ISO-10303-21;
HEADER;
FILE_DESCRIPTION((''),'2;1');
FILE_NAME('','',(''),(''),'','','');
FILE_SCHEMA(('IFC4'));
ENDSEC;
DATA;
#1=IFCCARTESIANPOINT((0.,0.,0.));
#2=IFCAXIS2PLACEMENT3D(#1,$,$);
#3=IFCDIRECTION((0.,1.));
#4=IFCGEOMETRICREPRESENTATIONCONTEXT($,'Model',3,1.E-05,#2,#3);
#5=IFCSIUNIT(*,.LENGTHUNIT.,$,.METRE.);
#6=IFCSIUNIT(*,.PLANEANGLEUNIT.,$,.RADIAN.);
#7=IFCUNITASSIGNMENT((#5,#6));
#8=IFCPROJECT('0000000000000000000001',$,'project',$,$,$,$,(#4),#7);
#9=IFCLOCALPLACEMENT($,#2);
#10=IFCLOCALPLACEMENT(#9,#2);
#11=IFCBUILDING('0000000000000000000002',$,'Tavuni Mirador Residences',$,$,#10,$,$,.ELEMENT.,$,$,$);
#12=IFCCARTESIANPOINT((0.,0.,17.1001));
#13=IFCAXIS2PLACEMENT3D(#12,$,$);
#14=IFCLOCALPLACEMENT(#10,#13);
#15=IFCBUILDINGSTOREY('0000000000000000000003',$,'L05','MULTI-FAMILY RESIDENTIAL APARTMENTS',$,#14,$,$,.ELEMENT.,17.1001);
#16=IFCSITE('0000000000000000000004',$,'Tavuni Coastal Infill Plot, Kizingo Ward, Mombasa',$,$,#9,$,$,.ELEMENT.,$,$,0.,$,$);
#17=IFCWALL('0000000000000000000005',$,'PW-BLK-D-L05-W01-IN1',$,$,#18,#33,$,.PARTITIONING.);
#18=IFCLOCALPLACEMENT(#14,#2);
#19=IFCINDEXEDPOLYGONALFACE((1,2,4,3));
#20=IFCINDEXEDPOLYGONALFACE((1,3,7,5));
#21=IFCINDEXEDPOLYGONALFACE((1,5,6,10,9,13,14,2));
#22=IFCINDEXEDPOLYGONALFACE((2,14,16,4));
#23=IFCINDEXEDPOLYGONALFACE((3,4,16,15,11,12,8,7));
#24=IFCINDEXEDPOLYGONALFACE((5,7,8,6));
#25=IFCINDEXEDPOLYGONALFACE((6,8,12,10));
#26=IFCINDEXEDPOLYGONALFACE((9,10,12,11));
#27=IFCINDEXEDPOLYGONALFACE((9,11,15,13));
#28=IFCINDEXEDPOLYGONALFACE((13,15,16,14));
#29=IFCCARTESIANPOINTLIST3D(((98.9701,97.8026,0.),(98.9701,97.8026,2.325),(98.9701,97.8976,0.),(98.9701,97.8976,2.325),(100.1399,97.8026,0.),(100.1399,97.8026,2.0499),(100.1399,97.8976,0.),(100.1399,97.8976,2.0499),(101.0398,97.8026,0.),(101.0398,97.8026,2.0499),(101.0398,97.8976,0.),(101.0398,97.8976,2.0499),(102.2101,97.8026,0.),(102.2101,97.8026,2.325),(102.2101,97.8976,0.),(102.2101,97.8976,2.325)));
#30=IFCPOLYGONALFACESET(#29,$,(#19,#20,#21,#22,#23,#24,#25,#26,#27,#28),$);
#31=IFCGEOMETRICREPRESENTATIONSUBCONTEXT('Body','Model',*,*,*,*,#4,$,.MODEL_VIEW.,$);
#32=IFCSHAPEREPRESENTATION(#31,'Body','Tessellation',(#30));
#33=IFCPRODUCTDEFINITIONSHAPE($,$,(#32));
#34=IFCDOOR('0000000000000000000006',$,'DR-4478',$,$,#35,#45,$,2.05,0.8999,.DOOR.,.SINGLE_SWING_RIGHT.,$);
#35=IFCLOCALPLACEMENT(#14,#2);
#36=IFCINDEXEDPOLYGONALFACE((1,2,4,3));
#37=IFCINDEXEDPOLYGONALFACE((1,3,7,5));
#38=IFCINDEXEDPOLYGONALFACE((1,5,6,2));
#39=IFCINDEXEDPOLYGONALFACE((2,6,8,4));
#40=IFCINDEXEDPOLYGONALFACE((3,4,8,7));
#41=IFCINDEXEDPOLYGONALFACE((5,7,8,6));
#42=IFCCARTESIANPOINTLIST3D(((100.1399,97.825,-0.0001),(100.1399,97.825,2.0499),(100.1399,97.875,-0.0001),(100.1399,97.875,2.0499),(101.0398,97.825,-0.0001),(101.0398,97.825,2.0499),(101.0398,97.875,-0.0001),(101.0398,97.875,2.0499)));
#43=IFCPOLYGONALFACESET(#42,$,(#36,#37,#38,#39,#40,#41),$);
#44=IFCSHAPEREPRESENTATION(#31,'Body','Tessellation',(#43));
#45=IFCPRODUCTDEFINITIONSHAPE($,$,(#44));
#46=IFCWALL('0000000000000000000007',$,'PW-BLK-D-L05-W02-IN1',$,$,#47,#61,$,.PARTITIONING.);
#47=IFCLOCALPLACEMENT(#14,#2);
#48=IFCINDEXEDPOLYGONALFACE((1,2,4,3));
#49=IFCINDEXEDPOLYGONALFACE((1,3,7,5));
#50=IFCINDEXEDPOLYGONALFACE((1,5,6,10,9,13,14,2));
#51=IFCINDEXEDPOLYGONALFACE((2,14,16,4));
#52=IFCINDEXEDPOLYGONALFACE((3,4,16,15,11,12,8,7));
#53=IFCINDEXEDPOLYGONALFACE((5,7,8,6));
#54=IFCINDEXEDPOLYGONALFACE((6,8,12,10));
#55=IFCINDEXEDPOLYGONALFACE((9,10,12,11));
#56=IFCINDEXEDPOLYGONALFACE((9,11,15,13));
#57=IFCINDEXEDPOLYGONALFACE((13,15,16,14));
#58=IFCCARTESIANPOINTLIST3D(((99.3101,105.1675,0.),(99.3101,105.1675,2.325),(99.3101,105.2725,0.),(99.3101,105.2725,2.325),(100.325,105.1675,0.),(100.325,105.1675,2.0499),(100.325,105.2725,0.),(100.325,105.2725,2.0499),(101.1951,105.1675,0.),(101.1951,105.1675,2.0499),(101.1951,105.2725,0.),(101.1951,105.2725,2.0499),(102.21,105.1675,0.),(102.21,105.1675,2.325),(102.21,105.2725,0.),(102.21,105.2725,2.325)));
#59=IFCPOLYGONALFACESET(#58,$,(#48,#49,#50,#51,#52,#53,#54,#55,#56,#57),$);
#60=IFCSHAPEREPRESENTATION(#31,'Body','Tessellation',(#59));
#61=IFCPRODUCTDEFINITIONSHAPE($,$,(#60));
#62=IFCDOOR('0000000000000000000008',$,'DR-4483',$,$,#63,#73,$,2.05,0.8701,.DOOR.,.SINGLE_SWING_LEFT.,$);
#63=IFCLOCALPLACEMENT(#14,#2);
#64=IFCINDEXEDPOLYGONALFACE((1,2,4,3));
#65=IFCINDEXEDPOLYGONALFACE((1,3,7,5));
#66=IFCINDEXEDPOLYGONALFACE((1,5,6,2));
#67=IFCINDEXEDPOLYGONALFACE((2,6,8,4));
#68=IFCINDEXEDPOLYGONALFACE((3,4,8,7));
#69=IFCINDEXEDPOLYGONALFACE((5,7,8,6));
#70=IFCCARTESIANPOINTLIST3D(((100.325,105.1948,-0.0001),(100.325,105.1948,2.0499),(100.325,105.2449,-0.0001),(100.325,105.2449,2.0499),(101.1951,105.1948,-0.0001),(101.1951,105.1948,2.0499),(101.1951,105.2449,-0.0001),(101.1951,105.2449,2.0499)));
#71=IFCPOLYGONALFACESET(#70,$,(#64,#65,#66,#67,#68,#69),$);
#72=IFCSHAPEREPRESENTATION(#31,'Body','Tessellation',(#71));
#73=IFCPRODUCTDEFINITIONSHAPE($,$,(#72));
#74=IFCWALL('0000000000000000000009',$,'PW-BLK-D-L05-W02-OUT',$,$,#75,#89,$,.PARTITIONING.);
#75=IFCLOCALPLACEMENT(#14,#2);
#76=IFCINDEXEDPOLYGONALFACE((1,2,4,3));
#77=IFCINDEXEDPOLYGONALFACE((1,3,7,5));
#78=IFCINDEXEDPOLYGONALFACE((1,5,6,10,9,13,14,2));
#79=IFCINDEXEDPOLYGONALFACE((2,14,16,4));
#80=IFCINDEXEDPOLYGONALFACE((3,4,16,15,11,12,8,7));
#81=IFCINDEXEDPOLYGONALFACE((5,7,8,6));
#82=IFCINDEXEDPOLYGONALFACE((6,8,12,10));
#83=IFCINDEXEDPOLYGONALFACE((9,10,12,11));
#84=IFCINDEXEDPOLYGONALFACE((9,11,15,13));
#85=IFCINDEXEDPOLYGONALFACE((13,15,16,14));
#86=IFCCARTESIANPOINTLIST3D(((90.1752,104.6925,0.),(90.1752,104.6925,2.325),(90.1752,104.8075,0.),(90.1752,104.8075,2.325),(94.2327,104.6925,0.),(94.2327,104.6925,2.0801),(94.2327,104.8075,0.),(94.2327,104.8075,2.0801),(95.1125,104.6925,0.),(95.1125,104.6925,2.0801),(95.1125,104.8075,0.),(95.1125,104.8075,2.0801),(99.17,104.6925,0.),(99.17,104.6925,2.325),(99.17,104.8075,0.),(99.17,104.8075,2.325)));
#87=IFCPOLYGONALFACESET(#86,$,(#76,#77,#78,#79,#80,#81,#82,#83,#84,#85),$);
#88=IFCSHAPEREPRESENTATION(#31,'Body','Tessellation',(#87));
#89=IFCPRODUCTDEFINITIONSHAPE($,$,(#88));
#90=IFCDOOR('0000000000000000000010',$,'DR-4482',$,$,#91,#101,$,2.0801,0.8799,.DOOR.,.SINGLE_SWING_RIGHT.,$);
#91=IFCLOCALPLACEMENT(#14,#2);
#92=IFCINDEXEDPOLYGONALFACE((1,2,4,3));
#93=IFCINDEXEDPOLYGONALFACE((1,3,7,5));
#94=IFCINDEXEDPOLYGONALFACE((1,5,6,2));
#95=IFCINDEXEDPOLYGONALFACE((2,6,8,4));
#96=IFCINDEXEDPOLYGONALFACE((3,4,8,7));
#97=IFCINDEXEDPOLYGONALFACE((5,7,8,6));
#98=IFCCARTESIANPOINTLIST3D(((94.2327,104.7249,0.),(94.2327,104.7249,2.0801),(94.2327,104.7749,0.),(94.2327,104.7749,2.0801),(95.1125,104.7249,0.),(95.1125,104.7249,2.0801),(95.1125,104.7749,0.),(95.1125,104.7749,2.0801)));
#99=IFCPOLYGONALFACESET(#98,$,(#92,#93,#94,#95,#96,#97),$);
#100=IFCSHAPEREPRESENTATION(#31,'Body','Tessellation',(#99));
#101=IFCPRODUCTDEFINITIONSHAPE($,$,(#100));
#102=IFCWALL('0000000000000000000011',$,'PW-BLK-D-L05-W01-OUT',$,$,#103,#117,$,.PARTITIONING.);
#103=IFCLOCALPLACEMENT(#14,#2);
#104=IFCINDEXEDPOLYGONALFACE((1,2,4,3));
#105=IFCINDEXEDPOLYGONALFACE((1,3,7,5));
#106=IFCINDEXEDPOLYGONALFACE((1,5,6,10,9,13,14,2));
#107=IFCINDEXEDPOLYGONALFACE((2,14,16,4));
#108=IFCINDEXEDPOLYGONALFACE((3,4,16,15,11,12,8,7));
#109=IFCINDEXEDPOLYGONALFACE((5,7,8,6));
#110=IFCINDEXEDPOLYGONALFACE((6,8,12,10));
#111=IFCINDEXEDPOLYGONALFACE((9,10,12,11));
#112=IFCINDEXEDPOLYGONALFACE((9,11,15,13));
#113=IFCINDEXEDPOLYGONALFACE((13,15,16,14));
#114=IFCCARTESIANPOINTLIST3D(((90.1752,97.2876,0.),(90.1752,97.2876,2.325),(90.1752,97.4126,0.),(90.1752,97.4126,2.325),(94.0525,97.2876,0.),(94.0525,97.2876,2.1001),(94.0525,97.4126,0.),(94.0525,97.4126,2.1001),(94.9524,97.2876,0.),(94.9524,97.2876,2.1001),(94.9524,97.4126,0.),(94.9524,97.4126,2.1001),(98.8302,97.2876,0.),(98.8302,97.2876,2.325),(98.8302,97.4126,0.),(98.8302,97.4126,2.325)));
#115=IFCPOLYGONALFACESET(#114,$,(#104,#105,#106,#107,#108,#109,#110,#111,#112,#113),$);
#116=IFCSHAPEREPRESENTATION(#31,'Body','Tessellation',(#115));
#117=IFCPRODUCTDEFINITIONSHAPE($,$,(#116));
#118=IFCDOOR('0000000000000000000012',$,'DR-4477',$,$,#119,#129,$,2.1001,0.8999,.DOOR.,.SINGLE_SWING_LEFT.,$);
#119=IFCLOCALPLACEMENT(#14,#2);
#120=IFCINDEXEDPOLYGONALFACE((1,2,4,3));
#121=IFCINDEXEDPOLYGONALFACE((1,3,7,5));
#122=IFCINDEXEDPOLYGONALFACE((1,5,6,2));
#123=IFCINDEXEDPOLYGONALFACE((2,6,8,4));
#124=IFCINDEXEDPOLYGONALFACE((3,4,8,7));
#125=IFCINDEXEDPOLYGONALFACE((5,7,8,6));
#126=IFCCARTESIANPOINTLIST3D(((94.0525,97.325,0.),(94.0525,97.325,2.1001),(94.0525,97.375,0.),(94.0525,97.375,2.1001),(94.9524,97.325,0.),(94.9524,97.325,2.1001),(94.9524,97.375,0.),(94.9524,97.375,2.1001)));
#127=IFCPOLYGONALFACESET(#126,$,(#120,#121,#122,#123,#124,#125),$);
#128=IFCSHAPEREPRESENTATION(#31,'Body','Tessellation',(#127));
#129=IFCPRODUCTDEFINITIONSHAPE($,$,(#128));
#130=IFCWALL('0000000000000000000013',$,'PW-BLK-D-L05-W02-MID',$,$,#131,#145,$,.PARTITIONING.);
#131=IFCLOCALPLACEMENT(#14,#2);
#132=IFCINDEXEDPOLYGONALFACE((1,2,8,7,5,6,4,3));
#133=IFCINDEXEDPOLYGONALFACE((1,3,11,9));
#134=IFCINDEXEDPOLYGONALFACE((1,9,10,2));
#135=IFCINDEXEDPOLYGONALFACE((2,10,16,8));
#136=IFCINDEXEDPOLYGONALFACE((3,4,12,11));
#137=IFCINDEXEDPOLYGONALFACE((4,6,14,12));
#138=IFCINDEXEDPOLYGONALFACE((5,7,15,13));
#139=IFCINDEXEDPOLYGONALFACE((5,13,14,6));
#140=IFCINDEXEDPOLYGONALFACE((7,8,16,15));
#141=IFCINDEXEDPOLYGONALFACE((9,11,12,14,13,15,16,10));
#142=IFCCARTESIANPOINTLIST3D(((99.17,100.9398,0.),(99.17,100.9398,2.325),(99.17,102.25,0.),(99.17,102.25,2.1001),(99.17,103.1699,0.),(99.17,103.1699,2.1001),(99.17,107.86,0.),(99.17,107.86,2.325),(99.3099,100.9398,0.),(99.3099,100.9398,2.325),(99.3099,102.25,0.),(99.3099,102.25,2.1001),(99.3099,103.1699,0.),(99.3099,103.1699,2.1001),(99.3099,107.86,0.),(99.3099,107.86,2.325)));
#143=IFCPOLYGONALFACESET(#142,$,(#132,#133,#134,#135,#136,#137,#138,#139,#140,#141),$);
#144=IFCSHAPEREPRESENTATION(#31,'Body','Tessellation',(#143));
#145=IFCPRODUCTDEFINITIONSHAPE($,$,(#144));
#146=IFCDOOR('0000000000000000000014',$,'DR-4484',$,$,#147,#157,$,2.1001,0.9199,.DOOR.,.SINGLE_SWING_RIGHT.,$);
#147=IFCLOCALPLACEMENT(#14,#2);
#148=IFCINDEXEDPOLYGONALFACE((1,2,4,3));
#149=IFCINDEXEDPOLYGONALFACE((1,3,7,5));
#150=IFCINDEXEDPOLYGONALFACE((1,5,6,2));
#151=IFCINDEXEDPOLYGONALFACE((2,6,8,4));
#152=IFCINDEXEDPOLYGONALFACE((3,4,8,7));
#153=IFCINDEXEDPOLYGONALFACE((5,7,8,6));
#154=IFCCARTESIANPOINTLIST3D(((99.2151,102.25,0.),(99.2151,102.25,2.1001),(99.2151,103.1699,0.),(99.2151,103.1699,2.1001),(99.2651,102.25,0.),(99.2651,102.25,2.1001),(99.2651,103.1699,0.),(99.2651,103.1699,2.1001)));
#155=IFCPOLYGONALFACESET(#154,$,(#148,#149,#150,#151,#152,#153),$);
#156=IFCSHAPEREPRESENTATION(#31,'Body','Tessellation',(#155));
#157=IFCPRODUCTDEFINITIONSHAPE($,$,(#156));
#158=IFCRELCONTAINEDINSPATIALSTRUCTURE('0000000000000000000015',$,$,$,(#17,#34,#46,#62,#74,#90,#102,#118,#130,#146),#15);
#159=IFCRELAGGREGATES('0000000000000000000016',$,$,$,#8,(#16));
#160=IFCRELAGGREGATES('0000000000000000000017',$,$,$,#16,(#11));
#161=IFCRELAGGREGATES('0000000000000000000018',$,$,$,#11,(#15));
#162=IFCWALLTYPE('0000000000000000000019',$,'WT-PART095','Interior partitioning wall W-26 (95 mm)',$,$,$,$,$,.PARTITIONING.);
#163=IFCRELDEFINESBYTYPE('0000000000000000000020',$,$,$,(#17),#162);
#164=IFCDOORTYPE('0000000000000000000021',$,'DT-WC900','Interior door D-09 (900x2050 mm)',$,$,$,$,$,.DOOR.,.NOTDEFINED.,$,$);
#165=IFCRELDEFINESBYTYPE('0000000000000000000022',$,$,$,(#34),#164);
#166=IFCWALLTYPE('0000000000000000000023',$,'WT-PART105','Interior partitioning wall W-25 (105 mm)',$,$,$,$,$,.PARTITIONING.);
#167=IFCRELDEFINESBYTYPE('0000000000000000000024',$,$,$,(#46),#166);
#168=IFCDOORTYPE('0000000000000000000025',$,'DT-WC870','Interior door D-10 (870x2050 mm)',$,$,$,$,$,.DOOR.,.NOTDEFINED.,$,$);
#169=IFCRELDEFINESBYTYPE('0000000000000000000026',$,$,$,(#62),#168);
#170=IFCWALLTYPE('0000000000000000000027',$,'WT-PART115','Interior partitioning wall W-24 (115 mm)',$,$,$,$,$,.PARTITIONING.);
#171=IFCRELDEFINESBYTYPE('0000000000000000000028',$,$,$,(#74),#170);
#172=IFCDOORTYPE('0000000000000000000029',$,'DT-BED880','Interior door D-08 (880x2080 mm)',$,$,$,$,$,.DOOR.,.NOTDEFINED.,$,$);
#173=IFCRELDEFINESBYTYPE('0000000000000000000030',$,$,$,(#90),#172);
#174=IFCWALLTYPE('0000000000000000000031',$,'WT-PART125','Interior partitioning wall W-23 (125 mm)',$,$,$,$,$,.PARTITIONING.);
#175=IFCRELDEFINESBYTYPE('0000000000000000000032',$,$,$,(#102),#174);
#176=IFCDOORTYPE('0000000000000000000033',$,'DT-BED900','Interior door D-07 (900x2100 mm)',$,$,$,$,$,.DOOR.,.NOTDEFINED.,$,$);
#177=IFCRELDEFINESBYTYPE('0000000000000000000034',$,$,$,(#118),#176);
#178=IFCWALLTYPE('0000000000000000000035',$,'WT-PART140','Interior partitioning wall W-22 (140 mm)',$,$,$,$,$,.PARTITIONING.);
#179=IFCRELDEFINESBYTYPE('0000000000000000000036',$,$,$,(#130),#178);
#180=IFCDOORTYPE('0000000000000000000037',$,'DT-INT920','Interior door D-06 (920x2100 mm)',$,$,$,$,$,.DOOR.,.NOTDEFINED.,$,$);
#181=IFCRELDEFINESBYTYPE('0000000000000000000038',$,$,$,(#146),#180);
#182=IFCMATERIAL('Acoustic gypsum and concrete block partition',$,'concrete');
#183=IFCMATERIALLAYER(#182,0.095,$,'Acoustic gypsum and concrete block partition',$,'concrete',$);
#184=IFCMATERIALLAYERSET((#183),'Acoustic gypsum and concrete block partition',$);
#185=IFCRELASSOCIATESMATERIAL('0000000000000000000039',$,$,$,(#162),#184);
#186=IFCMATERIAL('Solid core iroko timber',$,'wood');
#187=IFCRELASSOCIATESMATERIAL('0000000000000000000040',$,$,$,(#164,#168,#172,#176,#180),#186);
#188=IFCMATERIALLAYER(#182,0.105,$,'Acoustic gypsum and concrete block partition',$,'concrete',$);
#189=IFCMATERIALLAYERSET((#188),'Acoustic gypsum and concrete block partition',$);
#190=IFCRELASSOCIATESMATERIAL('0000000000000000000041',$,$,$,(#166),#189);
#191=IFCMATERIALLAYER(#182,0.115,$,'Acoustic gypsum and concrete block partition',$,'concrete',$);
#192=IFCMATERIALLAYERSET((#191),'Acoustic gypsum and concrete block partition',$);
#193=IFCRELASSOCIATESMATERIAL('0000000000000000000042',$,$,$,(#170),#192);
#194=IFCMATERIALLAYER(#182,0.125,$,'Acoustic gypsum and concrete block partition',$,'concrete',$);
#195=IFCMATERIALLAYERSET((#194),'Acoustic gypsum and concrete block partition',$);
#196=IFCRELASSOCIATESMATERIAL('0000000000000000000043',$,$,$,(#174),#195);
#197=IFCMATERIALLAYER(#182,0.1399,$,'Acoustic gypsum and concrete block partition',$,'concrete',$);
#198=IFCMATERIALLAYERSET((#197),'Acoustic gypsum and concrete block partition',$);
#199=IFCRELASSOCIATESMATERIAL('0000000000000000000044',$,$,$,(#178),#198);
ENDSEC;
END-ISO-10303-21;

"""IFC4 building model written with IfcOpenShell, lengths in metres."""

from ifc_helpers import new_model, si_unit, direction, frame, frame_2d, origin, place, context, subcontext, project, spatial, rectangle, extrude, material, layer, layer_set, type_object, element, fill, save


model = new_model("IFC4")

# Units and contexts
model_context = context("Model", 3, precision=1e-05, world=origin(), true_north=direction((0.0, 1.0)))
body_context = subcontext(model_context, "Body", "Model", "MODEL_VIEW")
ifc_project = project(units=[si_unit("LENGTHUNIT", "METRE"), si_unit("PLANEANGLEUNIT", "RADIAN")], contexts=[model_context])

# Site, building, storey
site_placement = place(None, origin())
site = spatial("IfcSite", under=ifc_project, at=site_placement, Name="Tavuni Coastal Infill Plot, Kizingo Ward, Mombasa", CompositionType="ELEMENT", RefElevation=0.0)
building_placement = place(site_placement, origin())
building = spatial("IfcBuilding", under=site, at=building_placement, Name="Tavuni Mirador Residences", CompositionType="ELEMENT")
storey_placement = place(building_placement, frame((0.0, 0.0, 17.1001)))
storey = spatial("IfcBuildingStorey", under=building, at=storey_placement, Name="L05", Description="MULTI-FAMILY RESIDENTIAL APARTMENTS", CompositionType="ELEMENT", Elevation=17.1001)

# Walls, openings, doors
ifc_material_1 = material(Name="Solid core iroko timber", Category="wood")
ifc_material_2 = material(Name="Acoustic gypsum and concrete block partition", Category="concrete")
ifc_layer_1 = layer(ifc_material_2, 0.095, Name="Acoustic gypsum and concrete block partition", Category="concrete")
ifc_layer_set_1 = layer_set([ifc_layer_1], Name="Acoustic gypsum and concrete block partition")
wall_type_1 = type_object("IfcWallType", Name="WT-PART095", Description="Interior partitioning wall W-26 (95 mm)", PredefinedType="PARTITIONING", material=ifc_layer_set_1)
wall_1_placement = place(storey_placement, frame((98.97, 97.8501, 0.0), z_axis=(0.0, 0.0, 1.0), x_axis=(1.0, 0.0, 0.0)))
wall_1 = element("IfcWall", 1, at=wall_1_placement, inside=storey, type_object=wall_type_1, Name="PW-BLK-D-L05-W01-IN1", PredefinedType="PARTITIONING", context=body_context, shape_type="SweptSolid", body=[
    extrude(rectangle(XDim=3.24, YDim=0.095, at=frame_2d((1.6201, 0.0))), origin(), (0.0, 0.0, 1.0), 2.325),
])
opening_1_placement = place(wall_1_placement, frame((1.1699, 0.0, 0.0)))
opening_1 = element("IfcOpeningElement", 2, at=opening_1_placement, cuts=wall_1, PredefinedType="OPENING", context=body_context, shape_type="SweptSolid", body=[
    extrude(rectangle(XDim=0.8999, YDim=2.05, at=frame_2d((0.45, 1.0249))), frame((0.0, 0.0576, 0.0), z_axis=(0.0, -1.0, 0.0), x_axis=(1.0, 0.0, 0.0)), (0.0, 0.0, 1.0), 0.115),
])
door_type_1 = type_object("IfcDoorType", Name="DT-WC900", Description="Interior door D-09 (900x2050 mm)", OperationType="NOTDEFINED", PredefinedType="DOOR", material=ifc_material_1)
door_1_placement = place(opening_1_placement, origin())
door_1 = element("IfcDoor", 3, at=door_1_placement, inside=storey, type_object=door_type_1, Name="DR-4478", OperationType="SINGLE_SWING_RIGHT", OverallHeight=2.05, OverallWidth=0.8999, PredefinedType="DOOR", context=body_context, shape_type="SweptSolid", body=[
    extrude(rectangle(XDim=0.8999, YDim=2.05, at=frame_2d((0.45, 1.0249))), frame((0.0, 0.0249, 0.0), z_axis=(0.0, -1.0, 0.0), x_axis=(1.0, 0.0, 0.0)), (0.0, 0.0, 1.0), 0.05),
])
fill(opening_1, door_1)
ifc_layer_2 = layer(ifc_material_2, 0.105, Name="Acoustic gypsum and concrete block partition", Category="concrete")
ifc_layer_set_2 = layer_set([ifc_layer_2], Name="Acoustic gypsum and concrete block partition")
wall_type_2 = type_object("IfcWallType", Name="WT-PART105", Description="Interior partitioning wall W-25 (105 mm)", PredefinedType="PARTITIONING", material=ifc_layer_set_2)
wall_2_placement = place(storey_placement, frame((99.3101, 105.22, 0.0), z_axis=(0.0, 0.0, 1.0), x_axis=(1.0, 0.0, 0.0)))
wall_2 = element("IfcWall", 4, at=wall_2_placement, inside=storey, type_object=wall_type_2, Name="PW-BLK-D-L05-W02-IN1", PredefinedType="PARTITIONING", context=body_context, shape_type="SweptSolid", body=[
    extrude(rectangle(XDim=2.8999, YDim=0.105, at=frame_2d((1.45, 0.0))), origin(), (0.0, 0.0, 1.0), 2.325),
])
opening_2_placement = place(wall_2_placement, frame((1.0149, 0.0, 0.0)))
opening_2 = element("IfcOpeningElement", 5, at=opening_2_placement, cuts=wall_2, PredefinedType="OPENING", context=body_context, shape_type="SweptSolid", body=[
    extrude(rectangle(XDim=0.8701, YDim=2.05, at=frame_2d((0.4351, 1.0249))), frame((0.0, 0.0625, 0.0), z_axis=(0.0, -1.0, 0.0), x_axis=(1.0, 0.0, 0.0)), (0.0, 0.0, 1.0), 0.125),
])
door_type_2 = type_object("IfcDoorType", Name="DT-WC870", Description="Interior door D-10 (870x2050 mm)", OperationType="NOTDEFINED", PredefinedType="DOOR", material=ifc_material_1)
door_2_placement = place(opening_2_placement, origin())
door_2 = element("IfcDoor", 6, at=door_2_placement, inside=storey, type_object=door_type_2, Name="DR-4483", OperationType="SINGLE_SWING_LEFT", OverallHeight=2.05, OverallWidth=0.8701, PredefinedType="DOOR", context=body_context, shape_type="SweptSolid", body=[
    extrude(rectangle(XDim=0.8701, YDim=2.05, at=frame_2d((0.4351, 1.0249))), frame((0.0, 0.0249, 0.0), z_axis=(0.0, -1.0, 0.0), x_axis=(1.0, 0.0, 0.0)), (0.0, 0.0, 1.0), 0.05),
])
fill(opening_2, door_2)
ifc_layer_3 = layer(ifc_material_2, 0.115, Name="Acoustic gypsum and concrete block partition", Category="concrete")
ifc_layer_set_3 = layer_set([ifc_layer_3], Name="Acoustic gypsum and concrete block partition")
wall_type_3 = type_object("IfcWallType", Name="WT-PART115", Description="Interior partitioning wall W-24 (115 mm)", PredefinedType="PARTITIONING", material=ifc_layer_set_3)
wall_3_placement = place(storey_placement, frame((90.175, 104.75, 0.0), z_axis=(0.0, 0.0, 1.0), x_axis=(1.0, 0.0, 0.0)))
wall_3 = element("IfcWall", 7, at=wall_3_placement, inside=storey, type_object=wall_type_3, Name="PW-BLK-D-L05-W02-OUT", PredefinedType="PARTITIONING", context=body_context, shape_type="SweptSolid", body=[
    extrude(rectangle(XDim=8.9949, YDim=0.115, at=frame_2d((4.4976, 0.0))), origin(), (0.0, 0.0, 1.0), 2.325),
])
opening_3_placement = place(wall_3_placement, frame((4.0576, 0.0, 0.0)))
opening_3 = element("IfcOpeningElement", 8, at=opening_3_placement, cuts=wall_3, PredefinedType="OPENING", context=body_context, shape_type="SweptSolid", body=[
    extrude(rectangle(XDim=0.8799, YDim=2.0801, at=frame_2d((0.4399, 1.04))), frame((0.0, 0.0674, 0.0), z_axis=(0.0, -1.0, 0.0), x_axis=(1.0, 0.0, 0.0)), (0.0, 0.0, 1.0), 0.135),
])
door_type_3 = type_object("IfcDoorType", Name="DT-BED880", Description="Interior door D-08 (880x2080 mm)", OperationType="NOTDEFINED", PredefinedType="DOOR", material=ifc_material_1)
door_3_placement = place(opening_3_placement, origin())
door_3 = element("IfcDoor", 9, at=door_3_placement, inside=storey, type_object=door_type_3, Name="DR-4482", OperationType="SINGLE_SWING_RIGHT", OverallHeight=2.0801, OverallWidth=0.8799, PredefinedType="DOOR", context=body_context, shape_type="SweptSolid", body=[
    extrude(rectangle(XDim=0.8799, YDim=2.0801, at=frame_2d((0.4399, 1.04))), frame((0.0, 0.0249, 0.0), z_axis=(0.0, -1.0, 0.0), x_axis=(1.0, 0.0, 0.0)), (0.0, 0.0, 1.0), 0.05),
])
fill(opening_3, door_3)
ifc_layer_4 = layer(ifc_material_2, 0.125, Name="Acoustic gypsum and concrete block partition", Category="concrete")
ifc_layer_set_4 = layer_set([ifc_layer_4], Name="Acoustic gypsum and concrete block partition")
wall_type_4 = type_object("IfcWallType", Name="WT-PART125", Description="Interior partitioning wall W-23 (125 mm)", PredefinedType="PARTITIONING", material=ifc_layer_set_4)
wall_4_placement = place(storey_placement, frame((90.175, 97.3501, 0.0), z_axis=(0.0, 0.0, 1.0), x_axis=(1.0, 0.0, 0.0)))
wall_4 = element("IfcWall", 10, at=wall_4_placement, inside=storey, type_object=wall_type_4, Name="PW-BLK-D-L05-W01-OUT", PredefinedType="PARTITIONING", context=body_context, shape_type="SweptSolid", body=[
    extrude(rectangle(XDim=8.655, YDim=0.125, at=frame_2d((4.3276, 0.0))), origin(), (0.0, 0.0, 1.0), 2.325),
])
opening_4_placement = place(wall_4_placement, frame((3.8774, 0.0, 0.0)))
opening_4 = element("IfcOpeningElement", 11, at=opening_4_placement, cuts=wall_4, PredefinedType="OPENING", context=body_context, shape_type="SweptSolid", body=[
    extrude(rectangle(XDim=0.8999, YDim=2.1001, at=frame_2d((0.45, 1.05))), frame((0.0, 0.0725, 0.0), z_axis=(0.0, -1.0, 0.0), x_axis=(1.0, 0.0, 0.0)), (0.0, 0.0, 1.0), 0.145),
])
door_type_4 = type_object("IfcDoorType", Name="DT-BED900", Description="Interior door D-07 (900x2100 mm)", OperationType="NOTDEFINED", PredefinedType="DOOR", material=ifc_material_1)
door_4_placement = place(opening_4_placement, origin())
door_4 = element("IfcDoor", 12, at=door_4_placement, inside=storey, type_object=door_type_4, Name="DR-4477", OperationType="SINGLE_SWING_LEFT", OverallHeight=2.1001, OverallWidth=0.8999, PredefinedType="DOOR", context=body_context, shape_type="SweptSolid", body=[
    extrude(rectangle(XDim=0.8999, YDim=2.1001, at=frame_2d((0.45, 1.05))), frame((0.0, 0.0249, 0.0), z_axis=(0.0, -1.0, 0.0), x_axis=(1.0, 0.0, 0.0)), (0.0, 0.0, 1.0), 0.05),
])
fill(opening_4, door_4)
ifc_layer_5 = layer(ifc_material_2, 0.1399, Name="Acoustic gypsum and concrete block partition", Category="concrete")
ifc_layer_set_5 = layer_set([ifc_layer_5], Name="Acoustic gypsum and concrete block partition")
wall_type_5 = type_object("IfcWallType", Name="WT-PART140", Description="Interior partitioning wall W-22 (140 mm)", PredefinedType="PARTITIONING", material=ifc_layer_set_5)
wall_5_placement = place(storey_placement, frame((99.24, 100.9399, 0.0), z_axis=(0.0, 0.0, 1.0), x_axis=(0.0, 1.0, 0.0)))
wall_5 = element("IfcWall", 13, at=wall_5_placement, inside=storey, type_object=wall_type_5, Name="PW-BLK-D-L05-W02-MID", PredefinedType="PARTITIONING", context=body_context, shape_type="SweptSolid", body=[
    extrude(rectangle(XDim=6.9202, YDim=0.1399, at=frame_2d((3.46, 0.0))), origin(), (0.0, 0.0, 1.0), 2.325),
])
opening_5_placement = place(wall_5_placement, frame((1.3101, 0.0, 0.0)))
opening_5 = element("IfcOpeningElement", 14, at=opening_5_placement, cuts=wall_5, PredefinedType="OPENING", context=body_context, shape_type="SweptSolid", body=[
    extrude(rectangle(XDim=0.9199, YDim=2.1001, at=frame_2d((0.46, 1.05))), frame((0.0, 0.0801, 0.0), z_axis=(0.0, -1.0, 0.0), x_axis=(1.0, 0.0, 0.0)), (0.0, 0.0, 1.0), 0.1599),
])
door_type_5 = type_object("IfcDoorType", Name="DT-INT920", Description="Interior door D-06 (920x2100 mm)", OperationType="NOTDEFINED", PredefinedType="DOOR", material=ifc_material_1)
door_5_placement = place(opening_5_placement, origin())
door_5 = element("IfcDoor", 15, at=door_5_placement, inside=storey, type_object=door_type_5, Name="DR-4484", OperationType="SINGLE_SWING_RIGHT", OverallHeight=2.1001, OverallWidth=0.9199, PredefinedType="DOOR", context=body_context, shape_type="SweptSolid", body=[
    extrude(rectangle(XDim=0.9199, YDim=2.1001, at=frame_2d((0.46, 1.05))), frame((0.0, 0.0249, 0.0), z_axis=(0.0, -1.0, 0.0), x_axis=(1.0, 0.0, 0.0)), (0.0, 0.0, 1.0), 0.05),
])
fill(opening_5, door_5)

save(model, "model.ifc")
